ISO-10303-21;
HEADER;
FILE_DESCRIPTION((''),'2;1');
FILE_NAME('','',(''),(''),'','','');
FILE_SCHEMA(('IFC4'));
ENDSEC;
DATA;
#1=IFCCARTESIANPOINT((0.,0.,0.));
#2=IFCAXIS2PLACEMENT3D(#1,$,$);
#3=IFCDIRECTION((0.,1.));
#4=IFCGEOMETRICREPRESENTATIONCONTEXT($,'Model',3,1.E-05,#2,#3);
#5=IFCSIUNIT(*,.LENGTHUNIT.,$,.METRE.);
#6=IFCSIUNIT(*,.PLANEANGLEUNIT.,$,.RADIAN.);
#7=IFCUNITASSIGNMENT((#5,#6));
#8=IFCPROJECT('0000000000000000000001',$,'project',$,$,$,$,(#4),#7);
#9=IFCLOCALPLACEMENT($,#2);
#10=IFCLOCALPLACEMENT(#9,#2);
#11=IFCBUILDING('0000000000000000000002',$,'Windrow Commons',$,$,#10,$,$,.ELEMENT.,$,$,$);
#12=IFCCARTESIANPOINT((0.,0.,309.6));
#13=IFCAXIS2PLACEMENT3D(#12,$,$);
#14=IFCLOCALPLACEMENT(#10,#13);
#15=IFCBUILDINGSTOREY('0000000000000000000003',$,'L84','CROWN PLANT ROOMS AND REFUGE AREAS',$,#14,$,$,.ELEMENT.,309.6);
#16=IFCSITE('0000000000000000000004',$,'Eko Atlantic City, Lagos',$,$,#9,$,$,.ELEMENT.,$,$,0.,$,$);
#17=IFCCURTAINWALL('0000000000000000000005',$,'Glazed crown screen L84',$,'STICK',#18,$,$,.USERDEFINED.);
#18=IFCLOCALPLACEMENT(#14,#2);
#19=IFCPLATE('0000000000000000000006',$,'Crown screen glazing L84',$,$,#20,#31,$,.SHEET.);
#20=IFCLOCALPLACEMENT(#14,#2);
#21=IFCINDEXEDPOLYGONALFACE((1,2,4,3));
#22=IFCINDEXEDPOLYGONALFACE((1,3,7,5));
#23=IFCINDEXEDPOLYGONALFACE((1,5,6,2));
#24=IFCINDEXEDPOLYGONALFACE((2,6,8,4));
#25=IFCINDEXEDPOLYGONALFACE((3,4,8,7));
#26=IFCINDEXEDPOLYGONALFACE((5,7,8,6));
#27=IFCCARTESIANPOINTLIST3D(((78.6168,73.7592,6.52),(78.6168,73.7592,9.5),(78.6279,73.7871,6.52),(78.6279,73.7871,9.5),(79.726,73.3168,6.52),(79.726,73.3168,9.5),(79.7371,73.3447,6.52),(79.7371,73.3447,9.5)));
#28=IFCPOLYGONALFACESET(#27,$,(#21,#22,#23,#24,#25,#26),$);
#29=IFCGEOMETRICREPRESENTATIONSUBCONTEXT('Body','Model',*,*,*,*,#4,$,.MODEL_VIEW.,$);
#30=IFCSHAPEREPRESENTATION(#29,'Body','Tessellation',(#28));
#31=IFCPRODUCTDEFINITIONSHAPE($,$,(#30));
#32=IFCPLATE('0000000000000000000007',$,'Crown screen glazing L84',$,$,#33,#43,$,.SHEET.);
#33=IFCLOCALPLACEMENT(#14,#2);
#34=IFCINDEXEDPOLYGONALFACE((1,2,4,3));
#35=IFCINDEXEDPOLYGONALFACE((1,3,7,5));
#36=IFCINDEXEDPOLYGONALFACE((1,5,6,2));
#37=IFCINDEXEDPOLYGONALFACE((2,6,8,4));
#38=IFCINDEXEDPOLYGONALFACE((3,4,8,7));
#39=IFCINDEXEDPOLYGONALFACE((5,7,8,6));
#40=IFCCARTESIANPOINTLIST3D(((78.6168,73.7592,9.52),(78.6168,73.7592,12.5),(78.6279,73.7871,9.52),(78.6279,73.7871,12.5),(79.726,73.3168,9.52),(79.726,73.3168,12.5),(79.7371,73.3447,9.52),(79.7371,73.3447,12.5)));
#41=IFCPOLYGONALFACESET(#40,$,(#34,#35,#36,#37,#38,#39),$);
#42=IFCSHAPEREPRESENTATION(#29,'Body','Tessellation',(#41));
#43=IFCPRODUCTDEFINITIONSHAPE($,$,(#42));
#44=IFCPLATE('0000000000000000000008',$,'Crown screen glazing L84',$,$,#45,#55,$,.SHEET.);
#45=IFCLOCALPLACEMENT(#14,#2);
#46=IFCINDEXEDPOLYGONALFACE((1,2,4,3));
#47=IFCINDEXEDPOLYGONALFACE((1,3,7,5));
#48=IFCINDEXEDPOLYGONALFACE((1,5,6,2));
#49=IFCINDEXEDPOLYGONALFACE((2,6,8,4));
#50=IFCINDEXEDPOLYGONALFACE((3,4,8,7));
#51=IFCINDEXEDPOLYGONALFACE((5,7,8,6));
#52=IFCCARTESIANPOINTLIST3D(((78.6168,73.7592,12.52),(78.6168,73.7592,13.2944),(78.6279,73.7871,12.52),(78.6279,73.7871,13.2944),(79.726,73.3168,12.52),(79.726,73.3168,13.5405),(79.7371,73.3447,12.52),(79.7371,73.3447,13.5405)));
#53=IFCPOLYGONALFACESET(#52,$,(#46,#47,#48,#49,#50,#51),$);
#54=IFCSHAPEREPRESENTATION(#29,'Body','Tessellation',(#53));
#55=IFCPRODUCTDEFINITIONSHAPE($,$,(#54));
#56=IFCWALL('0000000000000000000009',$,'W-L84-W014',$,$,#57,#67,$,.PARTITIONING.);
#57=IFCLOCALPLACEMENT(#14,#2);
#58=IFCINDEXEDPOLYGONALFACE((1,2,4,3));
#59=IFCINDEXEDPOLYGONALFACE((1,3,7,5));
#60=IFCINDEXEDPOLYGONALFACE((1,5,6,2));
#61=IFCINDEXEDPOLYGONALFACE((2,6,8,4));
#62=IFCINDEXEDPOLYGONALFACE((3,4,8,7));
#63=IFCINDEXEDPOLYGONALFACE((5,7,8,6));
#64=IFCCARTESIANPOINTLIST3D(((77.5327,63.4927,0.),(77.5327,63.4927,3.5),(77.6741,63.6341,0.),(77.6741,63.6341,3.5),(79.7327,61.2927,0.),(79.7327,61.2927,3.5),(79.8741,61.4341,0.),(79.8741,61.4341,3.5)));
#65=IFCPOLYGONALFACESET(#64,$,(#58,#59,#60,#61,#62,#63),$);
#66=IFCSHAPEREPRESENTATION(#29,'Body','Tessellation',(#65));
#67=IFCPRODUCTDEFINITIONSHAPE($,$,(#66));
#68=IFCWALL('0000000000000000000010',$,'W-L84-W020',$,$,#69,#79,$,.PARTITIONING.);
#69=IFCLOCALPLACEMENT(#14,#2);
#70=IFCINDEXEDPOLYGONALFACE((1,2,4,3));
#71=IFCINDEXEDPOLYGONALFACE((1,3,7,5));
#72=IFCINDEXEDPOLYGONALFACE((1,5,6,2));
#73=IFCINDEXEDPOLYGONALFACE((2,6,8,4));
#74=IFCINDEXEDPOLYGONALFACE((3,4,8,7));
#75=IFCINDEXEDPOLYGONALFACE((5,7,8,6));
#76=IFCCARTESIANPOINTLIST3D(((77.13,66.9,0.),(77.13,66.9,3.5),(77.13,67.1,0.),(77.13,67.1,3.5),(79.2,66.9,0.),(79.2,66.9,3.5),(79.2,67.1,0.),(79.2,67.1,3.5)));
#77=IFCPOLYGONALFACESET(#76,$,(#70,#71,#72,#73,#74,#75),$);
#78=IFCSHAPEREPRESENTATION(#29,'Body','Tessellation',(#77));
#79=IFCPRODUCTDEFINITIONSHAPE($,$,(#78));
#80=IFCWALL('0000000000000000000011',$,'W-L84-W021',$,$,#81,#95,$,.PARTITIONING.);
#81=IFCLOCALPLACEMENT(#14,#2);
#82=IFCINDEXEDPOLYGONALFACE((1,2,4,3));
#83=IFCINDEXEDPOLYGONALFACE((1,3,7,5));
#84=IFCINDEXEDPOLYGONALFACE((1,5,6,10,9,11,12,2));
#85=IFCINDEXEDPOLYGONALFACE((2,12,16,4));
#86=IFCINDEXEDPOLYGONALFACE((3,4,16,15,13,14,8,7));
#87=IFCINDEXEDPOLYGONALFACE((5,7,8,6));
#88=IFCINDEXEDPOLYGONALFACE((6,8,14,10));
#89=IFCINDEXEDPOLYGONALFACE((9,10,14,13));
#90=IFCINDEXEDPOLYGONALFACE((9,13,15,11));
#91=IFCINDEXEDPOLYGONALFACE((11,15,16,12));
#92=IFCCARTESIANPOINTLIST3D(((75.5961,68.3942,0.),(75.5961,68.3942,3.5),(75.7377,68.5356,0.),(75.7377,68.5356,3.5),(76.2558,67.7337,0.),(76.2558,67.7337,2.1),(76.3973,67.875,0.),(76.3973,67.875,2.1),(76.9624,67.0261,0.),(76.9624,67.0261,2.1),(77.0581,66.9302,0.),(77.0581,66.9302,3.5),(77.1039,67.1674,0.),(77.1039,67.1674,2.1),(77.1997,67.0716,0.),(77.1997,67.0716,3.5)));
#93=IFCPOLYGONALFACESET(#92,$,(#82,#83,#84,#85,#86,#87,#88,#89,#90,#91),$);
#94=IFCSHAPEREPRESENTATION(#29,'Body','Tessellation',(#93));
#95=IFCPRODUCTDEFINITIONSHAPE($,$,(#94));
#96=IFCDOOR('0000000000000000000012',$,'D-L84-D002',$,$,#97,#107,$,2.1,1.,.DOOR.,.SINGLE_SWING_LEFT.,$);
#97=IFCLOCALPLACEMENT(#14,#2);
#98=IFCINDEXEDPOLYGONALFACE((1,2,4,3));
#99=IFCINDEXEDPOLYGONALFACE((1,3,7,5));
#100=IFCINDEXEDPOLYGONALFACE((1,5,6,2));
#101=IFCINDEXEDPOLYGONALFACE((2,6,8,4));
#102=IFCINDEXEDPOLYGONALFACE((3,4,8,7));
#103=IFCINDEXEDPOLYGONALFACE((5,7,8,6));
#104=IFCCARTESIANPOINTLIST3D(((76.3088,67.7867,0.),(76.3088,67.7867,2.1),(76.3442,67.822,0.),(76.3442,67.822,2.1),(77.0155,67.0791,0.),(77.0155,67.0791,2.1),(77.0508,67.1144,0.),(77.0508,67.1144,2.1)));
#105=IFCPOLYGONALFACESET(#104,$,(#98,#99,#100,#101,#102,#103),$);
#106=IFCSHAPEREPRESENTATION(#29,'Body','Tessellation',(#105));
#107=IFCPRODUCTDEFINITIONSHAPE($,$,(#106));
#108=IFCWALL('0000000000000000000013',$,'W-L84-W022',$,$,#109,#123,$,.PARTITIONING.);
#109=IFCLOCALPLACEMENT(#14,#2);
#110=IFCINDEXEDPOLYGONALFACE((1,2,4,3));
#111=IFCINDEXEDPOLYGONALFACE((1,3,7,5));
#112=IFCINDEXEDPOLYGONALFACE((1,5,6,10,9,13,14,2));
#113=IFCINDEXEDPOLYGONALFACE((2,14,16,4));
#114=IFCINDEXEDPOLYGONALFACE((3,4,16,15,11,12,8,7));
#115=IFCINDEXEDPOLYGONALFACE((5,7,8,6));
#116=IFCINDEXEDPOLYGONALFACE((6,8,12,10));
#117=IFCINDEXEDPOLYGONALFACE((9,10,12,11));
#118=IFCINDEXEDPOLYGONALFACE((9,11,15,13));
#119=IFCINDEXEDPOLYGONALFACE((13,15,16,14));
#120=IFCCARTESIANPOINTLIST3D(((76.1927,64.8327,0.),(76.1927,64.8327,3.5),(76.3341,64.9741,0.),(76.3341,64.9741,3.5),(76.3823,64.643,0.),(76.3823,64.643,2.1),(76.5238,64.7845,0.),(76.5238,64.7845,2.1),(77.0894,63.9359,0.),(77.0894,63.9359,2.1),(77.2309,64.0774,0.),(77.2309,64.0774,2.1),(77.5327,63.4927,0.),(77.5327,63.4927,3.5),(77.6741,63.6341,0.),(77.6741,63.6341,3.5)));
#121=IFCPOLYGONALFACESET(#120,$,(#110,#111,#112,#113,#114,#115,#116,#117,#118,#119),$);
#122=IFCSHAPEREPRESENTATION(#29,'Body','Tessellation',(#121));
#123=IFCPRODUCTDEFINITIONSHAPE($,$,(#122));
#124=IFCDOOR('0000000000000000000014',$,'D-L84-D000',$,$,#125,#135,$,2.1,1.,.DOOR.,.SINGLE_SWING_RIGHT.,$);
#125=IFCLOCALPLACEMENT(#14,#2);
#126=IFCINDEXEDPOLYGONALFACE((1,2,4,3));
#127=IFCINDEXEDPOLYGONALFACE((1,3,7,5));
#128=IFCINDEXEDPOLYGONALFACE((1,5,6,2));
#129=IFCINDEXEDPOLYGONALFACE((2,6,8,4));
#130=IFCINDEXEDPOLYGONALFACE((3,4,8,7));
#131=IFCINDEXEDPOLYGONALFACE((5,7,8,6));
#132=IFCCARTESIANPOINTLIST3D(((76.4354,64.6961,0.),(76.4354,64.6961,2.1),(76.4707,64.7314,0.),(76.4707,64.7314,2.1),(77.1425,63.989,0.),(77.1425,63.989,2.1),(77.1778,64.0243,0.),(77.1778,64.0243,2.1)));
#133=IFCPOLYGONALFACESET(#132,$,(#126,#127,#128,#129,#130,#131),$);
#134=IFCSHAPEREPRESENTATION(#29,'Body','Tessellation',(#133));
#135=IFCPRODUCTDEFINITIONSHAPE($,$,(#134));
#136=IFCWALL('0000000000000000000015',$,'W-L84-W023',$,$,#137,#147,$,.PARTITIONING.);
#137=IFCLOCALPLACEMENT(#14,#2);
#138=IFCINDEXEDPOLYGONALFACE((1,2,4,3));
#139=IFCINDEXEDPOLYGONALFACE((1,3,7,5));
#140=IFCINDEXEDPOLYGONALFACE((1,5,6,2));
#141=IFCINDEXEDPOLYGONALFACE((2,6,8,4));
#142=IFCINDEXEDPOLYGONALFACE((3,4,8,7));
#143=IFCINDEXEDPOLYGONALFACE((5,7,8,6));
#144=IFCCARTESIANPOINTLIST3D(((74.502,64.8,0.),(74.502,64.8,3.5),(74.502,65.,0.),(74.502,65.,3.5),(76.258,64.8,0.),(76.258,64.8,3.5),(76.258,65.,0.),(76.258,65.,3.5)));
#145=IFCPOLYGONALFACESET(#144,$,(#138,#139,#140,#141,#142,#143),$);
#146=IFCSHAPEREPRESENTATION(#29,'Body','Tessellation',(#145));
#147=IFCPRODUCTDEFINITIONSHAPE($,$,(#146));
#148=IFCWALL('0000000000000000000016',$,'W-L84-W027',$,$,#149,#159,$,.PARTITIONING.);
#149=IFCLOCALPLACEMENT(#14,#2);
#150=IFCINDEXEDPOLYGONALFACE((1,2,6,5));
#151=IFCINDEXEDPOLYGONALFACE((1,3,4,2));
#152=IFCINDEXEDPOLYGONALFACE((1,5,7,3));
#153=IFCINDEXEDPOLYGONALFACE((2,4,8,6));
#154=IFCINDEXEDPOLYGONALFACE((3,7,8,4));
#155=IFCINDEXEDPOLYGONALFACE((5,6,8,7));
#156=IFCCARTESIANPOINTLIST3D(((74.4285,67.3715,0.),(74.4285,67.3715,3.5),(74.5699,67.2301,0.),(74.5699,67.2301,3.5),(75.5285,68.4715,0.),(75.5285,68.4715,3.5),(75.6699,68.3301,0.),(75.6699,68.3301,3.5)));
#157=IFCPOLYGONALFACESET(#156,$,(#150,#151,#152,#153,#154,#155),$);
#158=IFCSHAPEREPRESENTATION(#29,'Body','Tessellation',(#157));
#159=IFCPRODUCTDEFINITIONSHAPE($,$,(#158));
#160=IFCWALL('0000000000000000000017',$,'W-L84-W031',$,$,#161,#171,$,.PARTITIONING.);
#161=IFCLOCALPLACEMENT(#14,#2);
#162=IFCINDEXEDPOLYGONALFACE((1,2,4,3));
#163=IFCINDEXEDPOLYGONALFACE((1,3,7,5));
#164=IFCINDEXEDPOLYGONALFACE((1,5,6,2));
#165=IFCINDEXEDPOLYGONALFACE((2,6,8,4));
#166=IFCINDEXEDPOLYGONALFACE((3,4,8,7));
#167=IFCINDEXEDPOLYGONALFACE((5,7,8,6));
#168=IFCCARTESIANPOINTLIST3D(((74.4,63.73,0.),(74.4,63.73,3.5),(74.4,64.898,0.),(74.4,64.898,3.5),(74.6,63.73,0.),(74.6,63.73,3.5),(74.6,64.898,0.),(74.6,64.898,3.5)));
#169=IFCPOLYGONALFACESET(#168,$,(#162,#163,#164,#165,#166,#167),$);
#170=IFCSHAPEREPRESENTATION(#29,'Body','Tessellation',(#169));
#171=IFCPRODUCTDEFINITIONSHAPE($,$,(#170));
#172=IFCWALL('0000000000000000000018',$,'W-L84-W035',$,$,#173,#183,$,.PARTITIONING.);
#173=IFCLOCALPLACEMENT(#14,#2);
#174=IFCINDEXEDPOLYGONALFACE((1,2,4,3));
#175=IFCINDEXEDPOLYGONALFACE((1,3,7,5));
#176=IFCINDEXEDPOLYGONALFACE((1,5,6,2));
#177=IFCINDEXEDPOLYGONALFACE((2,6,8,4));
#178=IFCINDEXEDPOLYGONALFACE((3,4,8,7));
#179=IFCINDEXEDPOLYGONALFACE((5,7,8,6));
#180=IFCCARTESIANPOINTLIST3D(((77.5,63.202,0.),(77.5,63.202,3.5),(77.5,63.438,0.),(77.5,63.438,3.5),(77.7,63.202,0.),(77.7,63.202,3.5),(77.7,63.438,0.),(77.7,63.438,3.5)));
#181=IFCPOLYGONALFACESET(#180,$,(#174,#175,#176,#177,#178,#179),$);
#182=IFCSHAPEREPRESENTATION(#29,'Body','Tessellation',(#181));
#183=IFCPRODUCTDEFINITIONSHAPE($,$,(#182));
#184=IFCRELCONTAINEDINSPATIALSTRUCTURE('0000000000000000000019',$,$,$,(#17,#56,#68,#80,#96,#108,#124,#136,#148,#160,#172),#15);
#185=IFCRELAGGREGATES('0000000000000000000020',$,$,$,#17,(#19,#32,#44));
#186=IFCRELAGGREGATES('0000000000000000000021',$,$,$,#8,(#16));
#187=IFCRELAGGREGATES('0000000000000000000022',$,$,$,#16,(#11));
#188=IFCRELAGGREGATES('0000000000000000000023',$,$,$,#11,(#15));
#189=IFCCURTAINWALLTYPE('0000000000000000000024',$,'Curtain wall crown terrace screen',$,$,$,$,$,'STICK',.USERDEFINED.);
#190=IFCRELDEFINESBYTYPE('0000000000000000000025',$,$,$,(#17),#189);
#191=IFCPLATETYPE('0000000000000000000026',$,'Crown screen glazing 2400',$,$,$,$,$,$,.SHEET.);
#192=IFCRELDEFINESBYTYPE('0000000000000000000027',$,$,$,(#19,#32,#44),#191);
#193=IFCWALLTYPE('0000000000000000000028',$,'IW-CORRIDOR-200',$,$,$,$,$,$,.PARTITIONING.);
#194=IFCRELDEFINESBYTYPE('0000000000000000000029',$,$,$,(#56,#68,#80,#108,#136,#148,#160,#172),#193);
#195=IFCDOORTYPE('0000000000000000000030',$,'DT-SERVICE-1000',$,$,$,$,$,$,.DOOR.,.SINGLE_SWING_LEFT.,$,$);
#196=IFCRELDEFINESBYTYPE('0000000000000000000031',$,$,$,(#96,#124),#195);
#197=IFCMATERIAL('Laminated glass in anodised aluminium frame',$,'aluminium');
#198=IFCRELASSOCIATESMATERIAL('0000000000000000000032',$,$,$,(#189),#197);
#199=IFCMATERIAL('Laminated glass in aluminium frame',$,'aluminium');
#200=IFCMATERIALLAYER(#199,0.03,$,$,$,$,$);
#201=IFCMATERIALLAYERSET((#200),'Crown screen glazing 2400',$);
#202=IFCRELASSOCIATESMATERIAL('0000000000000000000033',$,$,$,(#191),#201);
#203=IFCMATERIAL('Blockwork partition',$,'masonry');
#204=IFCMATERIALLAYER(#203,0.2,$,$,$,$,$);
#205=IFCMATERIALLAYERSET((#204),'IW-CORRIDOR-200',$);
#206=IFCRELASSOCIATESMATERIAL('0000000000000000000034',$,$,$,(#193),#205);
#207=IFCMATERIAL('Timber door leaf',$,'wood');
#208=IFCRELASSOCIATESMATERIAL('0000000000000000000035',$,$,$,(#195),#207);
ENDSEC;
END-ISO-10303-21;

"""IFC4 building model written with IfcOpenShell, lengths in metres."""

from ifc_helpers import new_model, si_unit, direction, frame, frame_2d, origin, place, context, subcontext, project, spatial, polyline, rectangle, outline, extrude, material, layer, layer_set, type_object, element, fill, aggregate, save


model = new_model("IFC4")

# Units and contexts
model_context = context("Model", 3, precision=1e-05, world=origin(), true_north=direction((0.0, 1.0)))
body_context = subcontext(model_context, "Body", "Model", "MODEL_VIEW")
ifc_project = project(units=[si_unit("LENGTHUNIT", "METRE"), si_unit("PLANEANGLEUNIT", "RADIAN")], contexts=[model_context])

# Site, building, storey
site_placement = place(None, origin())
site = spatial("IfcSite", under=ifc_project, at=site_placement, Name="Eko Atlantic City, Lagos", CompositionType="ELEMENT", RefElevation=0.0)
building_placement = place(site_placement, origin())
building = spatial("IfcBuilding", under=site, at=building_placement, Name="Windrow Commons", CompositionType="ELEMENT")
storey_placement = place(building_placement, frame((0.0, 0.0, 309.6)))
storey = spatial("IfcBuildingStorey", under=building, at=storey_placement, Name="L84", Description="CROWN PLANT ROOMS AND REFUGE AREAS", CompositionType="ELEMENT", Elevation=309.6)

# Curtain wall
ifc_material_1 = material(Name="Laminated glass in anodised aluminium frame", Category="aluminium")
curtain_wall_type = type_object("IfcCurtainWallType", Name="Curtain wall crown terrace screen", ElementType="STICK", PredefinedType="USERDEFINED", material=ifc_material_1)
curtain_wall_placement = place(storey_placement, origin())
curtain_wall = element("IfcCurtainWall", 1, at=curtain_wall_placement, inside=storey, type_object=curtain_wall_type, Name="Glazed crown screen L84", ObjectType="STICK", PredefinedType="USERDEFINED")

# Plates
ifc_material_2 = material(Name="Laminated glass in aluminium frame", Category="aluminium")
ifc_layer_1 = layer(ifc_material_2, 0.03)
ifc_layer_set_1 = layer_set([ifc_layer_1], Name="Crown screen glazing 2400")
plate_type_1 = type_object("IfcPlateType", Name="Crown screen glazing 2400", PredefinedType="SHEET", material=ifc_layer_set_1)
plate_1_placement = place(storey_placement, frame((78.6168, 73.7592, 6.52), z_axis=(-0.370466, -0.928846, 0.0), x_axis=(0.928846, -0.370466, 0.0)))
plate_1 = element("IfcPlate", 2, at=plate_1_placement, type_object=plate_type_1, Name="Crown screen glazing L84", PredefinedType="SHEET", context=body_context, shape_type="SweptSolid", body=[
    extrude(outline(polyline([(0.0, 0.0), (1.1942, 0.0), (1.1942, 2.98), (0.0, 2.98), (0.0, 0.0)])), origin(), (0.0, 0.0, -1.0), 0.03),
])
plate_2_placement = place(storey_placement, frame((78.6168, 73.7592, 9.52), z_axis=(-0.370466, -0.928846, 0.0), x_axis=(0.928846, -0.370466, 0.0)))
plate_2 = element("IfcPlate", 3, at=plate_2_placement, type_object=plate_type_1, Name="Crown screen glazing L84", PredefinedType="SHEET", context=body_context, shape_type="SweptSolid", body=[
    extrude(outline(polyline([(0.0, 0.0), (1.1942, 0.0), (1.1942, 2.98), (0.0, 2.98), (0.0, 0.0)])), origin(), (0.0, 0.0, -1.0), 0.03),
])
plate_3_placement = place(storey_placement, frame((78.6168, 73.7592, 12.52), z_axis=(-0.370466, -0.928846, 0.0), x_axis=(0.928846, -0.370466, 0.0)))
plate_3 = element("IfcPlate", 4, at=plate_3_placement, type_object=plate_type_1, Name="Crown screen glazing L84", PredefinedType="SHEET", context=body_context, shape_type="SweptSolid", body=[
    extrude(outline(polyline([(0.0, 0.0), (1.1942, 0.0), (1.1942, 1.0205), (0.0, 0.7744), (0.0, 0.0)])), origin(), (0.0, 0.0, -1.0), 0.03),
])
aggregate(curtain_wall, [plate_1, plate_2, plate_3])

# Walls
ifc_material_3 = material(Name="Blockwork partition", Category="masonry")
ifc_layer_2 = layer(ifc_material_3, 0.2)
ifc_layer_set_2 = layer_set([ifc_layer_2], Name="IW-CORRIDOR-200")
wall_type_1 = type_object("IfcWallType", Name="IW-CORRIDOR-200", PredefinedType="PARTITIONING", material=ifc_layer_set_2)
wall_1_placement = place(storey_placement, frame((77.6034, 63.5634, 0.0), z_axis=(0.0, 0.0, 1.0), x_axis=(0.707107, -0.707107, 0.0)))
element("IfcWall", 5, at=wall_1_placement, inside=storey, type_object=wall_type_1, Name="W-L84-W014", PredefinedType="PARTITIONING", context=body_context, shape_type="SweptSolid", body=[
    extrude(rectangle(XDim=3.1113, YDim=0.2, at=frame_2d((1.5556, 0.0))), origin(), (0.0, 0.0, 1.0), 3.5),
])
wall_2_placement = place(storey_placement, frame((77.13, 67.0, 0.0), z_axis=(0.0, 0.0, 1.0), x_axis=(1.0, 0.0, 0.0)))
element("IfcWall", 6, at=wall_2_placement, inside=storey, type_object=wall_type_1, Name="W-L84-W020", PredefinedType="PARTITIONING", context=body_context, shape_type="SweptSolid", body=[
    extrude(rectangle(XDim=2.07, YDim=0.2, at=frame_2d((1.035, 0.0))), origin(), (0.0, 0.0, 1.0), 3.5),
])

# Walls, openings, doors
wall_3_placement = place(storey_placement, frame((75.6669, 68.4649, 0.0), z_axis=(0.0, 0.0, 1.0), x_axis=(0.706623, -0.70759, 0.0)))
wall_3 = element("IfcWall", 7, at=wall_3_placement, inside=storey, type_object=wall_type_1, Name="W-L84-W021", PredefinedType="PARTITIONING", context=body_context, shape_type="SweptSolid", body=[
    extrude(rectangle(XDim=2.069, YDim=0.2, at=frame_2d((1.0345, 0.0))), origin(), (0.0, 0.0, 1.0), 3.5),
])
opening_1_placement = place(wall_3_placement, frame((0.9335, 0.0, 0.0)))
opening_1 = element("IfcOpeningElement", 8, at=opening_1_placement, cuts=wall_3, PredefinedType="OPENING", context=body_context, shape_type="SweptSolid", body=[
    extrude(rectangle(XDim=1.0, YDim=2.1, at=frame_2d((0.5, 1.05))), frame((0.0, 0.11, 0.0), z_axis=(0.0, -1.0, 0.0), x_axis=(1.0, 0.0, 0.0)), (0.0, 0.0, 1.0), 0.22),
])
ifc_material_4 = material(Name="Timber door leaf", Category="wood")
door_type = type_object("IfcDoorType", Name="DT-SERVICE-1000", OperationType="SINGLE_SWING_LEFT", PredefinedType="DOOR", material=ifc_material_4)
door_1_placement = place(opening_1_placement, origin())
door_1 = element("IfcDoor", 9, at=door_1_placement, inside=storey, type_object=door_type, Name="D-L84-D002", OperationType="SINGLE_SWING_LEFT", OverallHeight=2.1, OverallWidth=1.0, PredefinedType="DOOR", context=body_context, shape_type="SweptSolid", body=[
    extrude(rectangle(XDim=1.0, YDim=2.1, at=frame_2d((0.5, 1.05))), frame((0.0, 0.025, 0.0), z_axis=(0.0, -1.0, 0.0), x_axis=(1.0, 0.0, 0.0)), (0.0, 0.0, 1.0), 0.05),
])
fill(opening_1, door_1)
wall_4_placement = place(storey_placement, frame((76.2634, 64.9034, 0.0), z_axis=(0.0, 0.0, 1.0), x_axis=(0.707107, -0.707107, 0.0)))
wall_4 = element("IfcWall", 10, at=wall_4_placement, inside=storey, type_object=wall_type_1, Name="W-L84-W022", PredefinedType="PARTITIONING", context=body_context, shape_type="SweptSolid", body=[
    extrude(rectangle(XDim=1.895, YDim=0.2, at=frame_2d((0.9475, 0.0))), origin(), (0.0, 0.0, 1.0), 3.5),
])
opening_2_placement = place(wall_4_placement, frame((0.2682, 0.0, 0.0)))
opening_2 = element("IfcOpeningElement", 11, at=opening_2_placement, cuts=wall_4, PredefinedType="OPENING", context=body_context, shape_type="SweptSolid", body=[
    extrude(rectangle(XDim=1.0, YDim=2.1, at=frame_2d((0.5, 1.05))), frame((0.0, 0.11, 0.0), z_axis=(0.0, -1.0, 0.0), x_axis=(1.0, 0.0, 0.0)), (0.0, 0.0, 1.0), 0.22),
])
door_2_placement = place(opening_2_placement, origin())
door_2 = element("IfcDoor", 12, at=door_2_placement, inside=storey, type_object=door_type, Name="D-L84-D000", OperationType="SINGLE_SWING_RIGHT", OverallHeight=2.1, OverallWidth=1.0, PredefinedType="DOOR", context=body_context, shape_type="SweptSolid", body=[
    extrude(rectangle(XDim=1.0, YDim=2.1, at=frame_2d((0.5, 1.05))), frame((0.0, 0.025, 0.0), z_axis=(0.0, -1.0, 0.0), x_axis=(1.0, 0.0, 0.0)), (0.0, 0.0, 1.0), 0.05),
])
fill(opening_2, door_2)

# Walls
wall_5_placement = place(storey_placement, frame((74.502, 64.9, 0.0), z_axis=(0.0, 0.0, 1.0), x_axis=(1.0, 0.0, 0.0)))
element("IfcWall", 13, at=wall_5_placement, inside=storey, type_object=wall_type_1, Name="W-L84-W023", PredefinedType="PARTITIONING", context=body_context, shape_type="SweptSolid", body=[
    extrude(rectangle(XDim=1.756, YDim=0.2, at=frame_2d((0.878, 0.0))), origin(), (0.0, 0.0, 1.0), 3.5),
])
wall_6_placement = place(storey_placement, frame((74.4992, 67.3008, 0.0), z_axis=(0.0, 0.0, 1.0), x_axis=(0.707107, 0.707107, 0.0)))
element("IfcWall", 14, at=wall_6_placement, inside=storey, type_object=wall_type_1, Name="W-L84-W027", PredefinedType="PARTITIONING", context=body_context, shape_type="SweptSolid", body=[
    extrude(rectangle(XDim=1.5556, YDim=0.2, at=frame_2d((0.7778, 0.0))), origin(), (0.0, 0.0, 1.0), 3.5),
])
wall_7_placement = place(storey_placement, frame((74.5, 63.73, 0.0), z_axis=(0.0, 0.0, 1.0), x_axis=(0.0, 1.0, 0.0)))
element("IfcWall", 15, at=wall_7_placement, inside=storey, type_object=wall_type_1, Name="W-L84-W031", PredefinedType="PARTITIONING", context=body_context, shape_type="SweptSolid", body=[
    extrude(rectangle(XDim=1.168, YDim=0.2, at=frame_2d((0.584, 0.0))), origin(), (0.0, 0.0, 1.0), 3.5),
])
for number, where, z_axis, x_axis, name in (
    (16, (77.6, 63.202, 0.0), (0.0, 0.0, 1.0), (0.0, 1.0, 0.0), "W-L84-W035"),
):
    element("IfcWall", number, at=place(storey_placement, frame(where, z_axis=z_axis, x_axis=x_axis)), inside=storey, type_object=wall_type_1, Name=name, PredefinedType="PARTITIONING", context=body_context, shape_type="SweptSolid", body=[
        extrude(rectangle(XDim=0.236, YDim=0.2, at=frame_2d((0.118, 0.0))), origin(), (0.0, 0.0, 1.0), 3.5),
    ])

save(model, "model.ifc")
